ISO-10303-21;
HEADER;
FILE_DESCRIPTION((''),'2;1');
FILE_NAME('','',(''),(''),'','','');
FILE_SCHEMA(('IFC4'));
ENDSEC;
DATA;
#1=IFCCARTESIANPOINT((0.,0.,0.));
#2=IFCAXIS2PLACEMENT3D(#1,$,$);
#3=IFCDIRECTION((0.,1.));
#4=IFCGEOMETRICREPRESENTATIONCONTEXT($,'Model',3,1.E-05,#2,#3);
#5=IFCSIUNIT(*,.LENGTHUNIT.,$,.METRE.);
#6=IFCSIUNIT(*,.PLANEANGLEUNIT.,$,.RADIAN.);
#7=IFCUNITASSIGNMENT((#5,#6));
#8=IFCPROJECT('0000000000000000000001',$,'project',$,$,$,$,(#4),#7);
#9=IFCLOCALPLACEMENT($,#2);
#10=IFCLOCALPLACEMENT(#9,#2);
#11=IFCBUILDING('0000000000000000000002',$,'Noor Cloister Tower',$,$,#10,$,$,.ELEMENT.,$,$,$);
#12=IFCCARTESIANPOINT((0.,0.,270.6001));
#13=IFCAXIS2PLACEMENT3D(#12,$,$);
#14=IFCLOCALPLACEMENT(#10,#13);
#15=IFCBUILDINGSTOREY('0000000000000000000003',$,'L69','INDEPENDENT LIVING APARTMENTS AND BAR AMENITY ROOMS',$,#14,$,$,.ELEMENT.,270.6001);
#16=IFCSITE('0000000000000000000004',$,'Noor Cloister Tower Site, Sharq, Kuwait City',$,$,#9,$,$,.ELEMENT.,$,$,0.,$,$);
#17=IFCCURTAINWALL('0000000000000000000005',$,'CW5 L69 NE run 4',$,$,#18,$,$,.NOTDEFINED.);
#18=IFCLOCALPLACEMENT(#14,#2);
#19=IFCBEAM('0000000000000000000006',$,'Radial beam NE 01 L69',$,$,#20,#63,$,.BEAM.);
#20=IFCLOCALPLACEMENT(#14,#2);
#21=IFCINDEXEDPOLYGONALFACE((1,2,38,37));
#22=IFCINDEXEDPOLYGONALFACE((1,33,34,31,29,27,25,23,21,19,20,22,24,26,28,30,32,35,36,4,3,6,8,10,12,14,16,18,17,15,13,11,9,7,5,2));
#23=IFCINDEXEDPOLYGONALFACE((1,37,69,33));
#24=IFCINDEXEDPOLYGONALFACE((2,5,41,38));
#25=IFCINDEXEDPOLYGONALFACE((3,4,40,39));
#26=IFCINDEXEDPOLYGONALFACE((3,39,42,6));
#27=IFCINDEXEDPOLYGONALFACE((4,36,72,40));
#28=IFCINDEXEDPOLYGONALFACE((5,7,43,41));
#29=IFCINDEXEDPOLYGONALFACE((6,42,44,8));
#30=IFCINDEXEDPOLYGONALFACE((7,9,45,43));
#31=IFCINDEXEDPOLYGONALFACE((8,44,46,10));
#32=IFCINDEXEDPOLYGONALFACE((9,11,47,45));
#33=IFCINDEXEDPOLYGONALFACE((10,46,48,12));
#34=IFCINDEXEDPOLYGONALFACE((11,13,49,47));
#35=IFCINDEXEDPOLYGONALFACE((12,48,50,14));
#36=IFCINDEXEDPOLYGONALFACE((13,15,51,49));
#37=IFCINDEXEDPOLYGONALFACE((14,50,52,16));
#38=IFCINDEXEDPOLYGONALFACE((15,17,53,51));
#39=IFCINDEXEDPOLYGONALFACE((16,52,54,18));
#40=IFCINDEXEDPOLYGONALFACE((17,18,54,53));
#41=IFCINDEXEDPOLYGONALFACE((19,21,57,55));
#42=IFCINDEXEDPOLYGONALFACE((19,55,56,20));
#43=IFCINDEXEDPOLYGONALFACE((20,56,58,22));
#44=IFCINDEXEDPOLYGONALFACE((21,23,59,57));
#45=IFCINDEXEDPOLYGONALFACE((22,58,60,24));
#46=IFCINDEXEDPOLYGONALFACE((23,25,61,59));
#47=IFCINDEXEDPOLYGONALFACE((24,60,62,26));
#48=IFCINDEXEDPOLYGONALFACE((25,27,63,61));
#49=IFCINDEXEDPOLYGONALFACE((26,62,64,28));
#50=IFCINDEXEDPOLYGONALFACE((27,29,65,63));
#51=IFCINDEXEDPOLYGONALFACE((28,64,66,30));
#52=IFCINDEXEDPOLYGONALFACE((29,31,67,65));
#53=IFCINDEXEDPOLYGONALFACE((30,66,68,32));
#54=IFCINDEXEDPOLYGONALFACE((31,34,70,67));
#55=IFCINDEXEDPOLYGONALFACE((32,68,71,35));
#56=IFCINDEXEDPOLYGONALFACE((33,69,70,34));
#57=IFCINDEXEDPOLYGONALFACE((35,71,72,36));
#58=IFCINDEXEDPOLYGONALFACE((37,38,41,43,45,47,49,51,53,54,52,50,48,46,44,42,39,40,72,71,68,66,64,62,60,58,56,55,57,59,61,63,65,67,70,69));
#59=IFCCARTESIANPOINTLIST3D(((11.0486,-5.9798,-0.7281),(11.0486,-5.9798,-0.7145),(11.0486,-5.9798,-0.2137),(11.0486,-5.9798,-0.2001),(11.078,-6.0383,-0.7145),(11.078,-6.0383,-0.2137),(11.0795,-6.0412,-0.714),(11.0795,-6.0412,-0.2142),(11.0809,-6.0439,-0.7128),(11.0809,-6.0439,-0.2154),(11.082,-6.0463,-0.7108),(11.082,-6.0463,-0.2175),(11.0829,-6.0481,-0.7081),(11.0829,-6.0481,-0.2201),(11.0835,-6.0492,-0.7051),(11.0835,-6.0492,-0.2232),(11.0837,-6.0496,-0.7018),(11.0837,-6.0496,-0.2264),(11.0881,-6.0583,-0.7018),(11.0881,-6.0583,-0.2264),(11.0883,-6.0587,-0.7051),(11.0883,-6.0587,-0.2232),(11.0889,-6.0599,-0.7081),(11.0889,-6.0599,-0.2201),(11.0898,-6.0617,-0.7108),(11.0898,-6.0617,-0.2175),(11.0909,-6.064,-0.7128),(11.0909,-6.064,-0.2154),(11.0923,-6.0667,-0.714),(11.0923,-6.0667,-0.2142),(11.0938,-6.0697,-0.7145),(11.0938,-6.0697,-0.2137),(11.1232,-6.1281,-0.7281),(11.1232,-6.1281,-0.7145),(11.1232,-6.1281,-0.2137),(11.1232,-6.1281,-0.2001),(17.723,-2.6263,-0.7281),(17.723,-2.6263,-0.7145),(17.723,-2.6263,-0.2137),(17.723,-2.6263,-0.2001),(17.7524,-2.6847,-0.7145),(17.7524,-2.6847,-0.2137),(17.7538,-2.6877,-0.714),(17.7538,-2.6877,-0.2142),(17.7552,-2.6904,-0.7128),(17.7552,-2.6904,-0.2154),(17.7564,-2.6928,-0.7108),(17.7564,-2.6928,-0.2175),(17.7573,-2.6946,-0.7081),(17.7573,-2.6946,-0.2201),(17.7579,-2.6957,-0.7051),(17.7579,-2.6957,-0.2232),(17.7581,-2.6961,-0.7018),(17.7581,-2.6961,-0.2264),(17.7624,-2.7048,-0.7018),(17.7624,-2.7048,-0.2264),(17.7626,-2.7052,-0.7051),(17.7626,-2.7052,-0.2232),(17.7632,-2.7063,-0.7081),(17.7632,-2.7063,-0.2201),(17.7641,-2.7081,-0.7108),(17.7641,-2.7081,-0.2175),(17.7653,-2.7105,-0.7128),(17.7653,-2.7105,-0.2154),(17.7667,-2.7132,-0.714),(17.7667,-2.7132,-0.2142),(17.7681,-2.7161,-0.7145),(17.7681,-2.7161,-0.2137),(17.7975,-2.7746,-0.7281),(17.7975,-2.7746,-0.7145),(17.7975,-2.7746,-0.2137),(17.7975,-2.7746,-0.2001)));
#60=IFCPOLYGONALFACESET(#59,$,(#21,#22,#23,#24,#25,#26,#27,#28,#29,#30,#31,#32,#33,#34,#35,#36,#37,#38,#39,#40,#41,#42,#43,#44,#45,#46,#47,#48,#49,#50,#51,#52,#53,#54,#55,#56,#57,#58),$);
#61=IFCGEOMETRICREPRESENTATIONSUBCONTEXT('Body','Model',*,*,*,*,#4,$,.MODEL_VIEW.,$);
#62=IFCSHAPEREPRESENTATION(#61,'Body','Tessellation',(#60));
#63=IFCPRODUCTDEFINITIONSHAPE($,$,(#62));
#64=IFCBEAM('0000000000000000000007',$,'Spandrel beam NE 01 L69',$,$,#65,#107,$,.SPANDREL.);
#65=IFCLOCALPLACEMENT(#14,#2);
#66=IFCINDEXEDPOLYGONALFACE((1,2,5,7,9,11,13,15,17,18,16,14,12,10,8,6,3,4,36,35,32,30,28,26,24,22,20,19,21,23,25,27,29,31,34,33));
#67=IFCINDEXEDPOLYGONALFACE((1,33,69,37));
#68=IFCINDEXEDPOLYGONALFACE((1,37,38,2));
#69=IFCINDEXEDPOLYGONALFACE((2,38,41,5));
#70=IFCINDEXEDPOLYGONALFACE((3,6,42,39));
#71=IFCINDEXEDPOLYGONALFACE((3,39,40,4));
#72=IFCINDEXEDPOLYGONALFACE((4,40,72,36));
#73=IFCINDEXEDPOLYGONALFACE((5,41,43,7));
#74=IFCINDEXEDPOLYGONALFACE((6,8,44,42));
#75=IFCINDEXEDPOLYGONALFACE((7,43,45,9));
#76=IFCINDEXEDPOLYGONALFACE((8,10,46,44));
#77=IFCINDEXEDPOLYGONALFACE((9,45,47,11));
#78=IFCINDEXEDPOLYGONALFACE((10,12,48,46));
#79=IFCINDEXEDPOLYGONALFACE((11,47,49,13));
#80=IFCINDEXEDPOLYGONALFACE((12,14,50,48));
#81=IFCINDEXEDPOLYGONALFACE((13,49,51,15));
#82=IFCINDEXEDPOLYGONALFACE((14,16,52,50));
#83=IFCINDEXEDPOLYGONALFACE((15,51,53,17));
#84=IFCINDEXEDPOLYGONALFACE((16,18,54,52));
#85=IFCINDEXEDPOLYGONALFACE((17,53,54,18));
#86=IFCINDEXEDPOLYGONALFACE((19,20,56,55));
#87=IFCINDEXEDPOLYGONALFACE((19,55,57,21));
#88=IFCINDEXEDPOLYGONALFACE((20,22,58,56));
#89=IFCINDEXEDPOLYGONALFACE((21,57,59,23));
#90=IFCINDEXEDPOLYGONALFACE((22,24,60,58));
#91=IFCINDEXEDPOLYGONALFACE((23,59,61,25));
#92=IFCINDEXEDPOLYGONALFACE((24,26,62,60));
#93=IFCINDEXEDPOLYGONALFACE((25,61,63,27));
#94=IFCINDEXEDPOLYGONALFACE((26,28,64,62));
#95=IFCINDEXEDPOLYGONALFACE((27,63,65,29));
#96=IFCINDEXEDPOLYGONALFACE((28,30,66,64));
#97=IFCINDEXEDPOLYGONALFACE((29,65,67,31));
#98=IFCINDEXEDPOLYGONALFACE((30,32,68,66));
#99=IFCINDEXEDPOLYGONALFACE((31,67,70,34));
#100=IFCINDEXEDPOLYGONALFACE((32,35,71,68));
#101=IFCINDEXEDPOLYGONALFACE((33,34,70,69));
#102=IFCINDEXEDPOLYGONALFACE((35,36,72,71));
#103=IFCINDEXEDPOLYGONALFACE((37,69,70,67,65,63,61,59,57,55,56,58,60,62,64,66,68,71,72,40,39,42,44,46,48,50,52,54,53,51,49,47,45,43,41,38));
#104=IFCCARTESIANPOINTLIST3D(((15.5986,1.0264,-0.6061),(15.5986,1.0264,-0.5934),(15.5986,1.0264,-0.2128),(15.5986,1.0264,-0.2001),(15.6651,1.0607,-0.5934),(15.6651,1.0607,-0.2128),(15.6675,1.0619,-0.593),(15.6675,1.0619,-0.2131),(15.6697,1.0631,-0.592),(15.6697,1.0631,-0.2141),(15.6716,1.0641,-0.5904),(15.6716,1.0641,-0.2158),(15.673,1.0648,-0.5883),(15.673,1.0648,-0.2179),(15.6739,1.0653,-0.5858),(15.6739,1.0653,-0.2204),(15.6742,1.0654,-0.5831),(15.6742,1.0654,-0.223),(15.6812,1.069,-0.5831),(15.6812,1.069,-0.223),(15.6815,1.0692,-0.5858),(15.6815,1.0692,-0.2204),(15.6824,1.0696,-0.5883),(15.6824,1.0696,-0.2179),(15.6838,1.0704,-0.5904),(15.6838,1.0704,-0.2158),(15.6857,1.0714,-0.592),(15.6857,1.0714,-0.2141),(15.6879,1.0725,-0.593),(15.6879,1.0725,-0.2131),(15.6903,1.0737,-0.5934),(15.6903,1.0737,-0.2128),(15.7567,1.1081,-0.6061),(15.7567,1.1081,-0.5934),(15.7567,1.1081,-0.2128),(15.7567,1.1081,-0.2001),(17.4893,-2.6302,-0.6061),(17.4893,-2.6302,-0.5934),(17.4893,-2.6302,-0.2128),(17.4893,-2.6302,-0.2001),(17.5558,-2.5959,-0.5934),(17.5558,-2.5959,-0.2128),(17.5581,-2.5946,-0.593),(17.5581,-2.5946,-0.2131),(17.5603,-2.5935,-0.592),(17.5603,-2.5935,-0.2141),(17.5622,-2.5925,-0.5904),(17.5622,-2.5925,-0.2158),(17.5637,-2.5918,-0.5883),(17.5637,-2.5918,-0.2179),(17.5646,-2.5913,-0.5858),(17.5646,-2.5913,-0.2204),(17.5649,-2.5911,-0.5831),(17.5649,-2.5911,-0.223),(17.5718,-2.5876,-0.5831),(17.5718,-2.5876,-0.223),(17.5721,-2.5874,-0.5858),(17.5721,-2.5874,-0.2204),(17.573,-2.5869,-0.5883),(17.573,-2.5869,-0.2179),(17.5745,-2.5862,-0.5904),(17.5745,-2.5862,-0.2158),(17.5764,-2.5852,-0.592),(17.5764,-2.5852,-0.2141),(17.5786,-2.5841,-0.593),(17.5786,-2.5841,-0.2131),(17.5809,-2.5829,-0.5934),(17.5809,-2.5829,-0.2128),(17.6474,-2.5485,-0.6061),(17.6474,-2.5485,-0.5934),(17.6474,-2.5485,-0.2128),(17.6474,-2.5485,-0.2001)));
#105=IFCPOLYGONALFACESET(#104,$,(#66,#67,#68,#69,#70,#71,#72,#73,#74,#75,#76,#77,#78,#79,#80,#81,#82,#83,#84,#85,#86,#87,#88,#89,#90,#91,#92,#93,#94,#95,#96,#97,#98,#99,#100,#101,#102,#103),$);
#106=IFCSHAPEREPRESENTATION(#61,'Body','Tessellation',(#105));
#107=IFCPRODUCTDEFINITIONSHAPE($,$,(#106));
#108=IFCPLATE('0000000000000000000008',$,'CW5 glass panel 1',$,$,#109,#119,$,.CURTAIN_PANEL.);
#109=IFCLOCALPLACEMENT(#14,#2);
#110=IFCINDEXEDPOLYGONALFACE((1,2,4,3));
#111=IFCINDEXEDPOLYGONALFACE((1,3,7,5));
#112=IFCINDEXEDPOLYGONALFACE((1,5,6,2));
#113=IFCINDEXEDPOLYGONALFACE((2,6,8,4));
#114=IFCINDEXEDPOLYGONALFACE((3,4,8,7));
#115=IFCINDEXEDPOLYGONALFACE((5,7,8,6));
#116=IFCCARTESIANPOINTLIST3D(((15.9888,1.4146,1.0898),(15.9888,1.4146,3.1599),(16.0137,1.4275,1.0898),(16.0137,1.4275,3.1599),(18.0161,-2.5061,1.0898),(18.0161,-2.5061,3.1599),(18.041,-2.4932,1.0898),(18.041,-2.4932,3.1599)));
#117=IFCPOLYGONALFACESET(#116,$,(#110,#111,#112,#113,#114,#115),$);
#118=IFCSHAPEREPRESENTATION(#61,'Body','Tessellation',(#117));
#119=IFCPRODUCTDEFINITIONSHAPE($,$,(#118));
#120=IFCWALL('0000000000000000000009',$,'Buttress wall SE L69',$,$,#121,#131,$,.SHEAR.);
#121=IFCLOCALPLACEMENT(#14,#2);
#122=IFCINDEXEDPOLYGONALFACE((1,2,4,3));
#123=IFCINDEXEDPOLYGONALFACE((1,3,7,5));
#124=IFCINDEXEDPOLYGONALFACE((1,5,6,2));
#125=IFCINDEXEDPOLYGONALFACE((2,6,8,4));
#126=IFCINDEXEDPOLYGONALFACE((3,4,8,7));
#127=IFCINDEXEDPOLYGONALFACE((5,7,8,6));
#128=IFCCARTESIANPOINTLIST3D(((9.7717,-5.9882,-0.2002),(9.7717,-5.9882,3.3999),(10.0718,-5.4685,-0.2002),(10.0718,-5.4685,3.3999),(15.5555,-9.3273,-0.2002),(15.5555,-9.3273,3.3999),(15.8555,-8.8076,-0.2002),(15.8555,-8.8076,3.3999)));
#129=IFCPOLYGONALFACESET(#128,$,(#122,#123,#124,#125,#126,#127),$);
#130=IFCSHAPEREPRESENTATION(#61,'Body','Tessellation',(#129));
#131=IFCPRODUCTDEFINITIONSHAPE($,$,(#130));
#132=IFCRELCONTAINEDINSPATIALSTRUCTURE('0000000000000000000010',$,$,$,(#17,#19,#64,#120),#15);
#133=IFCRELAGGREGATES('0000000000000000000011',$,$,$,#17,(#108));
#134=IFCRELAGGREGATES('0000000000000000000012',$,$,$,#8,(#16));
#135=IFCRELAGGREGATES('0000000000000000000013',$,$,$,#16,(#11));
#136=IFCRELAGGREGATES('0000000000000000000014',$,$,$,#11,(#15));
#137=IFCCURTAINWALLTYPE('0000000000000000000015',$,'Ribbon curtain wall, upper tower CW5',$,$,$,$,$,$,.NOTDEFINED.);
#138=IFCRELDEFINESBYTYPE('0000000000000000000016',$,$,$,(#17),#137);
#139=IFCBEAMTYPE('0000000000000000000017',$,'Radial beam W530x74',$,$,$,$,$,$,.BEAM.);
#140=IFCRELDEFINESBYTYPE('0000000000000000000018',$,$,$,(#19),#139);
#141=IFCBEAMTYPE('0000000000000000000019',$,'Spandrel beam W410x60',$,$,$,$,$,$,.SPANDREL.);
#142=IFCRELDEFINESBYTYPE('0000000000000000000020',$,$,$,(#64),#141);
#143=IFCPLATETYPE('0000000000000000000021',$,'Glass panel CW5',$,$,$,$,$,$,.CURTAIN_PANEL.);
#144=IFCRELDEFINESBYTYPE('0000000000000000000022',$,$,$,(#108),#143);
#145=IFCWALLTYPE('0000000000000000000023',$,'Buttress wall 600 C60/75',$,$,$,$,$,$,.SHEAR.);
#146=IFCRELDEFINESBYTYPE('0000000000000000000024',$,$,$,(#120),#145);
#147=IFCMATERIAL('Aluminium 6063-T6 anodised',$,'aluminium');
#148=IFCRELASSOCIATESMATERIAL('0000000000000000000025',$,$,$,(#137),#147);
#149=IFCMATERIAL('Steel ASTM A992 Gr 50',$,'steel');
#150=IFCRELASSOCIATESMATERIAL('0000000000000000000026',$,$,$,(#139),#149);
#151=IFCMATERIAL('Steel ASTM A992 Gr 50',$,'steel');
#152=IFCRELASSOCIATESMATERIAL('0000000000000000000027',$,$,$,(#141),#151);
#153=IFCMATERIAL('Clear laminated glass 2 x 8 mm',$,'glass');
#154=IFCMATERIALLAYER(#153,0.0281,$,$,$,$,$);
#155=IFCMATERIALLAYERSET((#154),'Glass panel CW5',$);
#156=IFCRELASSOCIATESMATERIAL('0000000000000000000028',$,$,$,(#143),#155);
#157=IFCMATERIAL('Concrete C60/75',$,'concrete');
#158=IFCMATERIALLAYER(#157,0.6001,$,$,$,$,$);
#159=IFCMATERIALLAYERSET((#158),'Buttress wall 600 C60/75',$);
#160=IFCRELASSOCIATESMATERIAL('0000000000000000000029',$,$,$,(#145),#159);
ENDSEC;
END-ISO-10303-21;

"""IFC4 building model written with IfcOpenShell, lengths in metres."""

from ifc_helpers import new_model, si_unit, direction, frame, frame_2d, origin, origin_2d, place, context, subcontext, project, spatial, rectangle, i_section, extrude, material, layer, layer_set, material_profile, profile_set, type_object, element, aggregate, save


model = new_model("IFC4")

# Units and contexts
model_context = context("Model", 3, precision=1e-05, world=origin(), true_north=direction((0.0, 1.0)))
body_context = subcontext(model_context, "Body", "Model", "MODEL_VIEW")
ifc_project = project(units=[si_unit("LENGTHUNIT", "METRE"), si_unit("PLANEANGLEUNIT", "RADIAN")], contexts=[model_context])

# Site, building, storey
site_placement = place(None, origin())
site = spatial("IfcSite", under=ifc_project, at=site_placement, Name="Noor Cloister Tower Site, Sharq, Kuwait City", CompositionType="ELEMENT", RefElevation=0.0)
building_placement = place(site_placement, origin())
building = spatial("IfcBuilding", under=site, at=building_placement, Name="Noor Cloister Tower", CompositionType="ELEMENT")
storey_placement = place(building_placement, frame((0.0, 0.0, 270.6001)))
storey = spatial("IfcBuildingStorey", under=building, at=storey_placement, Name="L69", Description="INDEPENDENT LIVING APARTMENTS AND BAR AMENITY ROOMS", CompositionType="ELEMENT", Elevation=270.6001)

# Curtain wall
ifc_material_1 = material(Name="Aluminium 6063-T6 anodised", Category="aluminium")
curtain_wall_type = type_object("IfcCurtainWallType", Name="Ribbon curtain wall, upper tower CW5", PredefinedType="NOTDEFINED", material=ifc_material_1)
curtain_wall_1_placement = place(storey_placement, origin())
curtain_wall_1 = element("IfcCurtainWall", 1, at=curtain_wall_1_placement, inside=storey, type_object=curtain_wall_type, Name="CW5 L69 NE run 4", PredefinedType="NOTDEFINED")

# Beams
ifc_material_2 = material(Name="Steel ASTM A992 Gr 50", Category="steel")
ifc_material_profile_1 = material_profile(ifc_material_2, i_section(OverallWidth=0.166, OverallDepth=0.5281, WebThickness=0.0098, FlangeThickness=0.0137, FilletRadius=0.0127, at=origin_2d()), Name="W530x74")
ifc_profile_set_1 = profile_set([ifc_material_profile_1], Name="Steel ASTM A992 Gr 50")
beam_type_1 = type_object("IfcBeamType", Name="Radial beam W530x74", PredefinedType="BEAM", material=ifc_profile_set_1)
beam_1_placement = place(storey_placement, frame((17.7603, -2.7004, -0.4641), z_axis=(-0.89355, -0.448965, 0.0), x_axis=(0.448965, -0.89355, 0.0)))
element("IfcBeam", 2, at=beam_1_placement, inside=storey, type_object=beam_type_1, Name="Radial beam NE 01 L69", PredefinedType="BEAM", context=body_context, shape_type="SweptSolid", body=[
    extrude(i_section(OverallWidth=0.166, OverallDepth=0.5281, WebThickness=0.0098, FlangeThickness=0.0137, FilletRadius=0.0127, at=origin_2d()), origin(), (0.0, 0.0, 1.0), 7.4695),
])
ifc_material_3 = material(Name="Steel ASTM A992 Gr 50", Category="steel")
ifc_material_profile_2 = material_profile(ifc_material_3, i_section(OverallWidth=0.178, OverallDepth=0.406, WebThickness=0.0078, FlangeThickness=0.0127, FilletRadius=0.0103, at=origin_2d()), Name="W410x60")
ifc_profile_set_2 = profile_set([ifc_material_profile_2], Name="Steel ASTM A992 Gr 50")
beam_type_2 = type_object("IfcBeamType", Name="Spandrel beam W410x60", PredefinedType="SPANDREL", material=ifc_profile_set_2)
beam_2_placement = place(storey_placement, frame((17.5684, -2.5894, -0.4031), z_axis=(-0.459295, 0.888284, 0.0), x_axis=(-0.888284, -0.459295, 0.0)))
element("IfcBeam", 3, at=beam_2_placement, inside=storey, type_object=beam_type_2, Name="Spandrel beam NE 01 L69", PredefinedType="SPANDREL", context=body_context, shape_type="SweptSolid", body=[
    extrude(i_section(OverallWidth=0.178, OverallDepth=0.406, WebThickness=0.0078, FlangeThickness=0.0127, FilletRadius=0.0103, at=origin_2d()), origin(), (0.0, 0.0, 1.0), 4.1165),
])

# Plate
ifc_material_4 = material(Name="Clear laminated glass 2 x 8 mm", Category="glass")
ifc_layer_1 = layer(ifc_material_4, 0.0281)
ifc_layer_set_1 = layer_set([ifc_layer_1], Name="Glass panel CW5")
plate_type = type_object("IfcPlateType", Name="Glass panel CW5", PredefinedType="CURTAIN_PANEL", material=ifc_layer_set_1)
plate_placement = place(storey_placement, frame((17.0149, -0.5393, 1.0898), z_axis=(0.0, 0.0, 1.0), x_axis=(-0.459306, 0.888278, 0.0)))
plate = element("IfcPlate", 4, at=plate_placement, type_object=plate_type, Name="CW5 glass panel 1", PredefinedType="CURTAIN_PANEL", context=body_context, shape_type="SweptSolid", body=[
    extrude(rectangle(XDim=4.4138, YDim=0.0281, at=origin_2d()), origin(), (0.0, 0.0, 1.0), 2.0701),
])
aggregate(curtain_wall_1, [plate])

# Wall
ifc_material_5 = material(Name="Concrete C60/75", Category="concrete")
ifc_layer_2 = layer(ifc_material_5, 0.6001)
ifc_layer_set_2 = layer_set([ifc_layer_2], Name="Buttress wall 600 C60/75")
wall_type_1 = type_object("IfcWallType", Name="Buttress wall 600 C60/75", PredefinedType="SHEAR", material=ifc_layer_set_2)
wall_1_placement = place(storey_placement, frame((9.9216, -5.7283, -0.2002), z_axis=(0.0, 0.0, 1.0), x_axis=(0.866032, -0.499988, 0.0)))
element("IfcWall", 5, at=wall_1_placement, inside=storey, type_object=wall_type_1, Name="Buttress wall SE L69", PredefinedType="SHEAR", context=body_context, shape_type="SweptSolid", body=[
    extrude(rectangle(XDim=6.6785, YDim=0.6001, at=frame_2d((3.3394, 0.0))), origin(), (0.0, 0.0, 1.0), 3.6001),
])

save(model, "model.ifc")
